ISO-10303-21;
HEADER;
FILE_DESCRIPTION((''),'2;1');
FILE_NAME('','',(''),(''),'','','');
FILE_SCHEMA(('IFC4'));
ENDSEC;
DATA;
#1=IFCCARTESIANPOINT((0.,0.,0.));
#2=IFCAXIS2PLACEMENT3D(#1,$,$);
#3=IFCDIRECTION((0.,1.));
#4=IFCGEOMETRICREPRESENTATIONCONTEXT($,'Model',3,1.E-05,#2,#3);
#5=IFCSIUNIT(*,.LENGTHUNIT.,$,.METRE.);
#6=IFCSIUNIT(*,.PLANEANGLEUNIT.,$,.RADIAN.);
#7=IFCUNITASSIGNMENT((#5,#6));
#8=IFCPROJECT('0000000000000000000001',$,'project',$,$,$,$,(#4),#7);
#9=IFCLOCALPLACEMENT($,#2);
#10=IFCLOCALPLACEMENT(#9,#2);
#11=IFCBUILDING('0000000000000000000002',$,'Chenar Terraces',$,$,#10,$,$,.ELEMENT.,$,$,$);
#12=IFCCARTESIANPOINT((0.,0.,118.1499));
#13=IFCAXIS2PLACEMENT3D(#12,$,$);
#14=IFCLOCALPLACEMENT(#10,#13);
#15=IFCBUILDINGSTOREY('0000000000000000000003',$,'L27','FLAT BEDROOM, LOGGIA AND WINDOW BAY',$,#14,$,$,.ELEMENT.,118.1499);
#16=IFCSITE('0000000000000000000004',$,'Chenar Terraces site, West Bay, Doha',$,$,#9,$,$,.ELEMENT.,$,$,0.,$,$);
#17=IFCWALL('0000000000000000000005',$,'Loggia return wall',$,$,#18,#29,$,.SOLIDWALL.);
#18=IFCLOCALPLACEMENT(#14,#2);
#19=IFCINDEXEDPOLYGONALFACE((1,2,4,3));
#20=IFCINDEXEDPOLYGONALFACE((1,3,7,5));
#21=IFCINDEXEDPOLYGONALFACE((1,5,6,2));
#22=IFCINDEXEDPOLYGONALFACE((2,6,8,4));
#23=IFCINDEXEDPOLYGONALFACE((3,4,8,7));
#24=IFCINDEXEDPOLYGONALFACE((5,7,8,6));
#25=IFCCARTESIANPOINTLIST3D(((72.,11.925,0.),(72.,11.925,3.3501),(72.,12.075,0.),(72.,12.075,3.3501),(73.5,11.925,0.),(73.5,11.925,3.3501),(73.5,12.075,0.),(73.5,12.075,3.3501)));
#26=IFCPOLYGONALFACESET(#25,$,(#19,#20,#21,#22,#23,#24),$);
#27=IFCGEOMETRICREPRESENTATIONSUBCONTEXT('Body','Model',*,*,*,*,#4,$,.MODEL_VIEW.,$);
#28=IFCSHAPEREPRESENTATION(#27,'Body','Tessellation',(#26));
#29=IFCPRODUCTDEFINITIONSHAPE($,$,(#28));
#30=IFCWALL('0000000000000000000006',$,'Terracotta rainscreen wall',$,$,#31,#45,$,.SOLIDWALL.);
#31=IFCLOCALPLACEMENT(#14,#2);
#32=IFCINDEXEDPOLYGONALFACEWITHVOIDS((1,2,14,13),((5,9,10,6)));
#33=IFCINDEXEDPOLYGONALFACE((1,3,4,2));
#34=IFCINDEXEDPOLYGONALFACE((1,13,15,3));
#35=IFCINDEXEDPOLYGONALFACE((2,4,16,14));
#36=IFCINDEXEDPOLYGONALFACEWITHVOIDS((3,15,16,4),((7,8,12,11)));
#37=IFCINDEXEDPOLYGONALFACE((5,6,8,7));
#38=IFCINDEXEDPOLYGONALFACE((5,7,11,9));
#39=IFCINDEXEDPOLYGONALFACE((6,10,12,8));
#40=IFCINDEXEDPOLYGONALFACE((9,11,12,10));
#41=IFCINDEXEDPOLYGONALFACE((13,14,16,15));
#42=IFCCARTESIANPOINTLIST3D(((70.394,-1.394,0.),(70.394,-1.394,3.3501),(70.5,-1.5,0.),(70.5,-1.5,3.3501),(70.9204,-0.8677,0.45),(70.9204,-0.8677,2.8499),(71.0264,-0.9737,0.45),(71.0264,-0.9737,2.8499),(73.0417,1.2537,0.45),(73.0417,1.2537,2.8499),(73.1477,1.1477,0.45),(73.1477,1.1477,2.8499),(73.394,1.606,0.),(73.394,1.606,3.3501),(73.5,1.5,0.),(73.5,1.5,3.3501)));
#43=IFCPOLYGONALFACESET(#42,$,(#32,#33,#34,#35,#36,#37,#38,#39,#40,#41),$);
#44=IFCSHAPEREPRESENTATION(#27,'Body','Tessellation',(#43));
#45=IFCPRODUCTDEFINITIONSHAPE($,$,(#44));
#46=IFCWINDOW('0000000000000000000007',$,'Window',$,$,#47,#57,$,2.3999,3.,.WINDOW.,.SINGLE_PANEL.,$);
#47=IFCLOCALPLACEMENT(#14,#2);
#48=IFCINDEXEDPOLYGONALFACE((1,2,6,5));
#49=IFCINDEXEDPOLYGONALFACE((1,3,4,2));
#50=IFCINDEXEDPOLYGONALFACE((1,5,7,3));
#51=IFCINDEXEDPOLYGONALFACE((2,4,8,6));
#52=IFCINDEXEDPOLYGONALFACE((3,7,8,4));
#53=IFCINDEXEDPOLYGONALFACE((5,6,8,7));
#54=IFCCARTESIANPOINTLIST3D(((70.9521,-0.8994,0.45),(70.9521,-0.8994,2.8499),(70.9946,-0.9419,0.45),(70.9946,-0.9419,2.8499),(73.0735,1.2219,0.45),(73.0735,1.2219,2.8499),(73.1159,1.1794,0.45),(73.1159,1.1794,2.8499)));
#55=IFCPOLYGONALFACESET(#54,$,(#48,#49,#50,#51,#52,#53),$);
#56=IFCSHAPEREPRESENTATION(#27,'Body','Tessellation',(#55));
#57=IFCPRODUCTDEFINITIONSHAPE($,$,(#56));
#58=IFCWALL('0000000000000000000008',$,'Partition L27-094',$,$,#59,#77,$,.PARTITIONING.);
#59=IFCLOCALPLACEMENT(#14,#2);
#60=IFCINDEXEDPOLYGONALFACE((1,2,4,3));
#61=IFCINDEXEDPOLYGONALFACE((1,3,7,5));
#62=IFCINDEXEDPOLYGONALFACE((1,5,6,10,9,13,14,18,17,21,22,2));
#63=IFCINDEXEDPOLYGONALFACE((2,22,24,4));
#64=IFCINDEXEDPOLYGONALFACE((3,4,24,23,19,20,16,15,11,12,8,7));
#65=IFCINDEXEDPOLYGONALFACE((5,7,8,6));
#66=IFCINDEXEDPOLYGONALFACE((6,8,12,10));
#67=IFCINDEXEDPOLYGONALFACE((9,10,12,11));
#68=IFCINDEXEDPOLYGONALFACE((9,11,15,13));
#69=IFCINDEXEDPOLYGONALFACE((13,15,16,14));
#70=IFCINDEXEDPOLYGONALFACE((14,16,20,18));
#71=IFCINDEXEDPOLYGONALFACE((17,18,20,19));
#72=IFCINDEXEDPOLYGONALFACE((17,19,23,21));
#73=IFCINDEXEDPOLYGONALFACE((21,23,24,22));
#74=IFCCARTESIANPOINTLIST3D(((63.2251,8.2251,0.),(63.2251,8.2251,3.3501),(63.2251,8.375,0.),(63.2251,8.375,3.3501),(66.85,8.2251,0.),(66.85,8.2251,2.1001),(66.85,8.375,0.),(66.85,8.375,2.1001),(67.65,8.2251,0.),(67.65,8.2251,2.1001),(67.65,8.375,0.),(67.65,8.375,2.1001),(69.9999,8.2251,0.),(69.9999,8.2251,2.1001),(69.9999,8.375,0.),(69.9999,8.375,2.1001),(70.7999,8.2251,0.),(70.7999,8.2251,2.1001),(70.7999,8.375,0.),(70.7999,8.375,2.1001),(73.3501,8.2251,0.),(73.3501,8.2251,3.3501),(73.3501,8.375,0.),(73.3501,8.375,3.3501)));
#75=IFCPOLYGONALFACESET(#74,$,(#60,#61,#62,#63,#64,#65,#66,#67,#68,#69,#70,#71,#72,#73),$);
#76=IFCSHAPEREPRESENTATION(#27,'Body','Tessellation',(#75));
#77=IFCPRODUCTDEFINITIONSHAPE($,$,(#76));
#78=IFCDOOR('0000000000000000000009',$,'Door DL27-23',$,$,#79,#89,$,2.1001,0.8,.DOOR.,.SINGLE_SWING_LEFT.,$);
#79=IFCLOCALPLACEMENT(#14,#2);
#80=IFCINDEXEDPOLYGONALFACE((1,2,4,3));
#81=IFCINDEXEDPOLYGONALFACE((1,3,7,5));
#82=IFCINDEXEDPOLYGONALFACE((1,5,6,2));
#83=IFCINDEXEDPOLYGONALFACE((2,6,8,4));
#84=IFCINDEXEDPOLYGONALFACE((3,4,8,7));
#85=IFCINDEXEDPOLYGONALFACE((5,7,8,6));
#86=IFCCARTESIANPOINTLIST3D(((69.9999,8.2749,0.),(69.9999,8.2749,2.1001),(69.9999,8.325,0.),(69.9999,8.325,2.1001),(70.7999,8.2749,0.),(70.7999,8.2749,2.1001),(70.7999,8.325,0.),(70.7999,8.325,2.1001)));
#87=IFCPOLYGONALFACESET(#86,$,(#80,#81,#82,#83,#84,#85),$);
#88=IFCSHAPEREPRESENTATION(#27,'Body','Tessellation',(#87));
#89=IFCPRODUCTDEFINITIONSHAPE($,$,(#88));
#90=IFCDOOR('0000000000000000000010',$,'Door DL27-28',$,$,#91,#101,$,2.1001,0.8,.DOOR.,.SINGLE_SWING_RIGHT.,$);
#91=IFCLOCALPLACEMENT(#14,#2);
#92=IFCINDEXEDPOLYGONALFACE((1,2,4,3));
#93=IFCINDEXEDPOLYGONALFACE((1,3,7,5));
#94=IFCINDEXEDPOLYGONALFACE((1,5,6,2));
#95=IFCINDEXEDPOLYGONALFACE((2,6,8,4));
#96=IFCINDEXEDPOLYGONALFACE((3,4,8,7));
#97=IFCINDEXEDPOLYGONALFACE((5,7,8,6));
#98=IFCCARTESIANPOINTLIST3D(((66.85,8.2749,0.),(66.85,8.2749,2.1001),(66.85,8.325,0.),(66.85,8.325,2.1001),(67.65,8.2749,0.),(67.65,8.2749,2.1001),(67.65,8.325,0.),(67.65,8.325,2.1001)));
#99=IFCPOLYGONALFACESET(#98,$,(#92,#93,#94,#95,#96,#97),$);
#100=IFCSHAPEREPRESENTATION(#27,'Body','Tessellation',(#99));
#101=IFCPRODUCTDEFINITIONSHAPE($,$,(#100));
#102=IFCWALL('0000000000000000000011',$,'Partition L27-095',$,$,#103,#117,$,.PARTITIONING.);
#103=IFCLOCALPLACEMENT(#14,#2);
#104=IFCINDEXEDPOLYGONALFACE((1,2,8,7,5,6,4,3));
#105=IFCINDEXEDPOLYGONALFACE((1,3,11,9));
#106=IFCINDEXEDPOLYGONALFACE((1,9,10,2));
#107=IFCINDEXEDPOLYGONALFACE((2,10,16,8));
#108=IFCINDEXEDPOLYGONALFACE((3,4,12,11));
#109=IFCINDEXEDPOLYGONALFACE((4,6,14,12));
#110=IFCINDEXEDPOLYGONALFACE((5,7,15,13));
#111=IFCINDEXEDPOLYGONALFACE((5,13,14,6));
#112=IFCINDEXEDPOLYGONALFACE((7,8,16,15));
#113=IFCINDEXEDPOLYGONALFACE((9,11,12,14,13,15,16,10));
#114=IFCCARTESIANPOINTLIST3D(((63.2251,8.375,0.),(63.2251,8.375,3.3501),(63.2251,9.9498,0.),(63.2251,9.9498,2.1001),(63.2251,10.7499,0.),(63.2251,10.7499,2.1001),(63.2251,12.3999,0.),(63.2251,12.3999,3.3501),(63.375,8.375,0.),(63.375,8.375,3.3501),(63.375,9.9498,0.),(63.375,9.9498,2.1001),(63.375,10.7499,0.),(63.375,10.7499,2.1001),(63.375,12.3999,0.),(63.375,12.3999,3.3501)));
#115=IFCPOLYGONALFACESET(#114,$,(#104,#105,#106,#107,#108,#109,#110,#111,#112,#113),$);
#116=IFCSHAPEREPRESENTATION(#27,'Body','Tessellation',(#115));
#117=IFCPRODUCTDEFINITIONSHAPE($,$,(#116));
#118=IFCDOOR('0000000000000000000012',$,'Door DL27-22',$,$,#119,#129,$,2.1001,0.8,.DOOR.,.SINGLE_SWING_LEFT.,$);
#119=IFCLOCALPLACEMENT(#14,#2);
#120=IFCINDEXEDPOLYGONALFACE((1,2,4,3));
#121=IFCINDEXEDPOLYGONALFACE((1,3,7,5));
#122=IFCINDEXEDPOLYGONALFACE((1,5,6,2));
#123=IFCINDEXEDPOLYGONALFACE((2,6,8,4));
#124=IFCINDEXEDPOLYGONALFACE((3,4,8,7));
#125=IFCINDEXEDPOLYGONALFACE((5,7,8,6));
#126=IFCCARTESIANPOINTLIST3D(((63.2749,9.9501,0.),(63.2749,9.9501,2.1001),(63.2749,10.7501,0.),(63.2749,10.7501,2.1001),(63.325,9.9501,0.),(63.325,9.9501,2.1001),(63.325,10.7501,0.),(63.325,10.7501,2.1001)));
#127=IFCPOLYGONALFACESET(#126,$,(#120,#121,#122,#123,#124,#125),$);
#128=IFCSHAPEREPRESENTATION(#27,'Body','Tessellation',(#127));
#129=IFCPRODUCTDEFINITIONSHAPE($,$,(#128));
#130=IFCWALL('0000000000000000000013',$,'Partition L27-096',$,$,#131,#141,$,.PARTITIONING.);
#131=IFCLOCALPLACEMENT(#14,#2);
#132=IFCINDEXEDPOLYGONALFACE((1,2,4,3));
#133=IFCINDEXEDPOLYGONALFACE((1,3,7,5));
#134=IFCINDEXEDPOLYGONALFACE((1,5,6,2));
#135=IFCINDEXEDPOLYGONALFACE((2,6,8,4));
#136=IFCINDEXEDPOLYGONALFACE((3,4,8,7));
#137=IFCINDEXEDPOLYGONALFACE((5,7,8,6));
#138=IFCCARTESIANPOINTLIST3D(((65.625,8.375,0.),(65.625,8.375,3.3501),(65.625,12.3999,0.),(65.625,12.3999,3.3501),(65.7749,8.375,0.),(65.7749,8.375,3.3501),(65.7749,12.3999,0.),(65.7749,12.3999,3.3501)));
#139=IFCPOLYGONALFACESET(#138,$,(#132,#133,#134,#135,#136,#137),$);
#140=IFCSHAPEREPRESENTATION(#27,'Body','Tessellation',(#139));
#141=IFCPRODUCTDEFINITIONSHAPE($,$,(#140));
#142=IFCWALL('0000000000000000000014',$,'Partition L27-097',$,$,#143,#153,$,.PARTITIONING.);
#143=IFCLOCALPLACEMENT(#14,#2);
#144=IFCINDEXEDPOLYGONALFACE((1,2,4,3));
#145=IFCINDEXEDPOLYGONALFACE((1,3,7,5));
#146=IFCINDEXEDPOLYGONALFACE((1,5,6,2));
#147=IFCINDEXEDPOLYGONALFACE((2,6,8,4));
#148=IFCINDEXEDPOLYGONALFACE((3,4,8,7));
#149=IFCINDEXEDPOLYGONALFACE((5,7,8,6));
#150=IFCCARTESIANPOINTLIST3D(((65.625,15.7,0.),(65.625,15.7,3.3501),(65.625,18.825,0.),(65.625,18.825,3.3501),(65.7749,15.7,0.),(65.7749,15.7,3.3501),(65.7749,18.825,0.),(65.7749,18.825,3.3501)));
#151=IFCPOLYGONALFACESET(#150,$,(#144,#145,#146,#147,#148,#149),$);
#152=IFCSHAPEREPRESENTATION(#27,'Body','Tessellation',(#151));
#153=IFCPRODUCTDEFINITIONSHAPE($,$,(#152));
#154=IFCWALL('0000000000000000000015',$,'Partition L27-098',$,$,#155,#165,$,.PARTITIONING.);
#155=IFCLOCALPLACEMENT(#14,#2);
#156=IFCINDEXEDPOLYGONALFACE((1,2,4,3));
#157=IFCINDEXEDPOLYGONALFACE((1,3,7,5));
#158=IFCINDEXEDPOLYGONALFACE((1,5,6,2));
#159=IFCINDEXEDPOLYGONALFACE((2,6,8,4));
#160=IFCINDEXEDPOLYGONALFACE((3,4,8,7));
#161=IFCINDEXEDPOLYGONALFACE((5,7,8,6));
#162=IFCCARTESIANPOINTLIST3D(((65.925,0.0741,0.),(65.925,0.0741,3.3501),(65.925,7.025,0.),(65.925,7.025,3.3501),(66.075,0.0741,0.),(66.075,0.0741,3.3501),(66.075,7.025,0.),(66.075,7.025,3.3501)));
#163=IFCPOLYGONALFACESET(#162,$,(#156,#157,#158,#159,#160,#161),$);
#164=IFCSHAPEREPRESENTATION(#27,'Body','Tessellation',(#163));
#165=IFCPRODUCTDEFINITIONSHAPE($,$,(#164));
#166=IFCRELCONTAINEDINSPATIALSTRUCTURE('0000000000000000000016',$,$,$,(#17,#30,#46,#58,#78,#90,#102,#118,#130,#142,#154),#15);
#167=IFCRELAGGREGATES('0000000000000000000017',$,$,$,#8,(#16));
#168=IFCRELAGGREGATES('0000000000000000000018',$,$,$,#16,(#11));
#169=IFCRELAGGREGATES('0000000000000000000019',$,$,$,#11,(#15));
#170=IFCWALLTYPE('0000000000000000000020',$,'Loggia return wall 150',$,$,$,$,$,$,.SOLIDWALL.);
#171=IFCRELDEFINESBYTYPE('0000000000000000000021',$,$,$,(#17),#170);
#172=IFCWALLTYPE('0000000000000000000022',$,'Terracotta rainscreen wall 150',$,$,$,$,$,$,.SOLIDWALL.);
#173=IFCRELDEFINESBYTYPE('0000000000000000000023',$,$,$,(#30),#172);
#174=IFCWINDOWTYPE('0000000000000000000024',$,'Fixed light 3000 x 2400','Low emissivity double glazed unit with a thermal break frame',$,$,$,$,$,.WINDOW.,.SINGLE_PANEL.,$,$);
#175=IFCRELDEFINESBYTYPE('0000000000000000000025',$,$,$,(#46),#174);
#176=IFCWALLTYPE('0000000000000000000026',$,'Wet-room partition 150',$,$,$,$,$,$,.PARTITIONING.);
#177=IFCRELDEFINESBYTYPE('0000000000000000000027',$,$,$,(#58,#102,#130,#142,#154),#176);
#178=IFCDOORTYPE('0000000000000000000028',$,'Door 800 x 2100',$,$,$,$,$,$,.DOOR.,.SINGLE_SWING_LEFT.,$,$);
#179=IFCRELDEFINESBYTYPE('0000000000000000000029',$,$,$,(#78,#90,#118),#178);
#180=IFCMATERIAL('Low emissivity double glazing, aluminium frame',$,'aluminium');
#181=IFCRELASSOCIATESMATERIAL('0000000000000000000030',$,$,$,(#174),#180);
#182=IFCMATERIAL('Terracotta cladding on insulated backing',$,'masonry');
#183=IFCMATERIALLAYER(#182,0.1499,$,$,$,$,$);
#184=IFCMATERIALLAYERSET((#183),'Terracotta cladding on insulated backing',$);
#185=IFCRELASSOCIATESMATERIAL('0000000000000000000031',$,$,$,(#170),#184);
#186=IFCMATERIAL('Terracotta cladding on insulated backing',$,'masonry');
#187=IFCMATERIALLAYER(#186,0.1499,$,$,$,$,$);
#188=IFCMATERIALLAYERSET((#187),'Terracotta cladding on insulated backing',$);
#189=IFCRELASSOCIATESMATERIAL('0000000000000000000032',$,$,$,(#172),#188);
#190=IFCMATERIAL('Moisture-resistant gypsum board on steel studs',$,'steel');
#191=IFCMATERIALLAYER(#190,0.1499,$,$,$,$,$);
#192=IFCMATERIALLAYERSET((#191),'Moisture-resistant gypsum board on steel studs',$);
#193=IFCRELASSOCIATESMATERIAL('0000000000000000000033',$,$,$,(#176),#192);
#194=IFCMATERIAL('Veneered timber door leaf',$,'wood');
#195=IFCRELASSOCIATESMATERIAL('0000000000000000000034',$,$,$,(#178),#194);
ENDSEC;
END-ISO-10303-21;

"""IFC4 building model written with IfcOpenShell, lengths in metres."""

from ifc_helpers import new_model, si_unit, direction, frame, frame_2d, origin, place, context, subcontext, project, spatial, rectangle, extrude, material, layer, layer_set, type_object, element, fill, save


model = new_model("IFC4")

# Units and contexts
model_context = context("Model", 3, precision=1e-05, world=origin(), true_north=direction((0.0, 1.0)))
body_context = subcontext(model_context, "Body", "Model", "MODEL_VIEW")
ifc_project = project(units=[si_unit("LENGTHUNIT", "METRE"), si_unit("PLANEANGLEUNIT", "RADIAN")], contexts=[model_context])

# Site, building, storey
site_placement = place(None, origin())
site = spatial("IfcSite", under=ifc_project, at=site_placement, Name="Chenar Terraces site, West Bay, Doha", CompositionType="ELEMENT", RefElevation=0.0)
building_placement = place(site_placement, origin())
building = spatial("IfcBuilding", under=site, at=building_placement, Name="Chenar Terraces", CompositionType="ELEMENT")
storey_placement = place(building_placement, frame((0.0, 0.0, 118.1499)))
storey = spatial("IfcBuildingStorey", under=building, at=storey_placement, Name="L27", Description="FLAT BEDROOM, LOGGIA AND WINDOW BAY", CompositionType="ELEMENT", Elevation=118.1499)

# Shared definitions
ifc_material_1 = material(Name="Low emissivity double glazing, aluminium frame", Category="aluminium")
window_type_1 = type_object("IfcWindowType", Name="Fixed light 3000 x 2400", Description="Low emissivity double glazed unit with a thermal break frame", PartitioningType="SINGLE_PANEL", PredefinedType="WINDOW", material=ifc_material_1)

# Wall
ifc_material_2 = material(Name="Terracotta cladding on insulated backing", Category="masonry")
ifc_layer_1 = layer(ifc_material_2, 0.1499)
ifc_layer_set_1 = layer_set([ifc_layer_1], Name="Terracotta cladding on insulated backing")
wall_type_1 = type_object("IfcWallType", Name="Loggia return wall 150", PredefinedType="SOLIDWALL", material=ifc_layer_set_1)
for number, where, z_axis, x_axis, name in (
    (1, (73.5, 12.0, 0.0), (0.0, 0.0, 1.0), (-1.0, 0.0, 0.0), "Loggia return wall"),
):
    element("IfcWall", number, at=place(storey_placement, frame(where, z_axis=z_axis, x_axis=x_axis)), inside=storey, type_object=wall_type_1, Name=name, PredefinedType="SOLIDWALL", context=body_context, shape_type="SweptSolid", body=[
        extrude(rectangle(XDim=1.5, YDim=0.1499, at=frame_2d((0.75, 0.0))), origin(), (0.0, 0.0, 1.0), 3.3501),
    ])

# Wall, opening, window
ifc_material_3 = material(Name="Terracotta cladding on insulated backing", Category="masonry")
ifc_layer_2 = layer(ifc_material_3, 0.1499)
ifc_layer_set_2 = layer_set([ifc_layer_2], Name="Terracotta cladding on insulated backing")
wall_type_2 = type_object("IfcWallType", Name="Terracotta rainscreen wall 150", PredefinedType="SOLIDWALL", material=ifc_layer_set_2)
wall_1_placement = place(storey_placement, frame((70.447, -1.447, 0.0), z_axis=(0.0, 0.0, 1.0), x_axis=(0.707107, 0.707107, 0.0)))
wall_1 = element("IfcWall", 2, at=wall_1_placement, inside=storey, type_object=wall_type_2, Name="Terracotta rainscreen wall", PredefinedType="SOLIDWALL", context=body_context, shape_type="SweptSolid", body=[
    extrude(rectangle(XDim=4.2427, YDim=0.1499, at=frame_2d((2.1213, 0.0))), origin(), (0.0, 0.0, 1.0), 3.3501),
])
opening_1_placement = place(wall_1_placement, frame((0.7444, 0.0, 0.45)))
opening_1 = element("IfcOpeningElement", 3, at=opening_1_placement, cuts=wall_1, PredefinedType="OPENING", context=body_context, shape_type="SweptSolid", body=[
    extrude(rectangle(XDim=3.0, YDim=2.3999, at=frame_2d((1.5, 1.2))), frame((0.0, 0.085, 0.0), z_axis=(0.0, -1.0, 0.0), x_axis=(1.0, 0.0, 0.0)), (0.0, 0.0, 1.0), 0.1699),
])
window_1_placement = place(opening_1_placement, origin())
window_1 = element("IfcWindow", 4, at=window_1_placement, inside=storey, type_object=window_type_1, Name="Window", OverallHeight=2.3999, OverallWidth=3.0, PartitioningType="SINGLE_PANEL", PredefinedType="WINDOW", context=body_context, shape_type="SweptSolid", body=[
    extrude(rectangle(XDim=3.0, YDim=2.3999, at=frame_2d((1.5, 1.2))), frame((0.0, 0.03, 0.0), z_axis=(0.0, -1.0, 0.0), x_axis=(1.0, 0.0, 0.0)), (0.0, 0.0, 1.0), 0.0601),
])
fill(opening_1, window_1)

# Wall, openings, doors
ifc_material_4 = material(Name="Moisture-resistant gypsum board on steel studs", Category="steel")
ifc_layer_3 = layer(ifc_material_4, 0.1499)
ifc_layer_set_3 = layer_set([ifc_layer_3], Name="Moisture-resistant gypsum board on steel studs")
wall_type_3 = type_object("IfcWallType", Name="Wet-room partition 150", PredefinedType="PARTITIONING", material=ifc_layer_set_3)
wall_2_placement = place(storey_placement, frame((63.2251, 8.3, 0.0), z_axis=(0.0, 0.0, 1.0), x_axis=(1.0, 0.0, 0.0)))
wall_2 = element("IfcWall", 5, at=wall_2_placement, inside=storey, type_object=wall_type_3, Name="Partition L27-094", PredefinedType="PARTITIONING", context=body_context, shape_type="SweptSolid", body=[
    extrude(rectangle(XDim=10.125, YDim=0.1499, at=frame_2d((5.0625, 0.0))), origin(), (0.0, 0.0, 1.0), 3.3501),
])
opening_2_placement = place(wall_2_placement, frame((6.7749, 0.0, 0.0)))
opening_2 = element("IfcOpeningElement", 6, at=opening_2_placement, cuts=wall_2, PredefinedType="OPENING", context=body_context, shape_type="SweptSolid", body=[
    extrude(rectangle(XDim=0.8, YDim=2.1001, at=frame_2d((0.3999, 1.05))), frame((0.0, 0.085, 0.0), z_axis=(0.0, -1.0, 0.0), x_axis=(1.0, 0.0, 0.0)), (0.0, 0.0, 1.0), 0.1699),
])
opening_3_placement = place(wall_2_placement, frame((3.625, 0.0, 0.0)))
opening_3 = element("IfcOpeningElement", 7, at=opening_3_placement, cuts=wall_2, PredefinedType="OPENING", context=body_context, shape_type="SweptSolid", body=[
    extrude(rectangle(XDim=0.8, YDim=2.1001, at=frame_2d((0.3999, 1.05))), frame((0.0, 0.085, 0.0), z_axis=(0.0, -1.0, 0.0), x_axis=(1.0, 0.0, 0.0)), (0.0, 0.0, 1.0), 0.1699),
])
ifc_material_5 = material(Name="Veneered timber door leaf", Category="wood")
door_type_1 = type_object("IfcDoorType", Name="Door 800 x 2100", OperationType="SINGLE_SWING_LEFT", PredefinedType="DOOR", material=ifc_material_5)
door_1_placement = place(opening_2_placement, origin())
door_1 = element("IfcDoor", 8, at=door_1_placement, inside=storey, type_object=door_type_1, Name="Door DL27-23", OperationType="SINGLE_SWING_LEFT", OverallHeight=2.1001, OverallWidth=0.8, PredefinedType="DOOR", context=body_context, shape_type="SweptSolid", body=[
    extrude(rectangle(XDim=0.8, YDim=2.1001, at=frame_2d((0.3999, 1.05))), frame((0.0, 0.0249, 0.0), z_axis=(0.0, -1.0, 0.0), x_axis=(1.0, 0.0, 0.0)), (0.0, 0.0, 1.0), 0.05),
])
fill(opening_2, door_1)
door_2_placement = place(opening_3_placement, origin())
door_2 = element("IfcDoor", 9, at=door_2_placement, inside=storey, type_object=door_type_1, Name="Door DL27-28", OperationType="SINGLE_SWING_RIGHT", OverallHeight=2.1001, OverallWidth=0.8, PredefinedType="DOOR", context=body_context, shape_type="SweptSolid", body=[
    extrude(rectangle(XDim=0.8, YDim=2.1001, at=frame_2d((0.3999, 1.05))), frame((0.0, 0.0249, 0.0), z_axis=(0.0, -1.0, 0.0), x_axis=(1.0, 0.0, 0.0)), (0.0, 0.0, 1.0), 0.05),
])
fill(opening_3, door_2)

# Wall, opening, door
wall_3_placement = place(storey_placement, frame((63.3, 8.375, 0.0), z_axis=(0.0, 0.0, 1.0), x_axis=(0.0, 1.0, 0.0)))
wall_3 = element("IfcWall", 10, at=wall_3_placement, inside=storey, type_object=wall_type_3, Name="Partition L27-095", PredefinedType="PARTITIONING", context=body_context, shape_type="SweptSolid", body=[
    extrude(rectangle(XDim=4.0249, YDim=0.1499, at=frame_2d((2.0125, 0.0))), origin(), (0.0, 0.0, 1.0), 3.3501),
])
opening_4_placement = place(wall_3_placement, frame((1.575, 0.0, 0.0)))
opening_4 = element("IfcOpeningElement", 11, at=opening_4_placement, cuts=wall_3, PredefinedType="OPENING", context=body_context, shape_type="SweptSolid", body=[
    extrude(rectangle(XDim=0.8, YDim=2.1001, at=frame_2d((0.3999, 1.05))), frame((0.0, 0.085, 0.0), z_axis=(0.0, -1.0, 0.0), x_axis=(1.0, 0.0, 0.0)), (0.0, 0.0, 1.0), 0.1699),
])
door_3_placement = place(opening_4_placement, frame((0.8, 0.0, 0.0), z_axis=(0.0, 0.0, 1.0), x_axis=(-1.0, 0.0, 0.0)))
door_3 = element("IfcDoor", 12, at=door_3_placement, inside=storey, type_object=door_type_1, Name="Door DL27-22", OperationType="SINGLE_SWING_LEFT", OverallHeight=2.1001, OverallWidth=0.8, PredefinedType="DOOR", context=body_context, shape_type="SweptSolid", body=[
    extrude(rectangle(XDim=0.8, YDim=2.1001, at=frame_2d((0.3999, 1.05))), frame((0.0, 0.0249, 0.0), z_axis=(0.0, -1.0, 0.0), x_axis=(1.0, 0.0, 0.0)), (0.0, 0.0, 1.0), 0.05),
])
fill(opening_4, door_3)

# Walls
wall_4_placement = place(storey_placement, frame((65.7, 8.375, 0.0), z_axis=(0.0, 0.0, 1.0), x_axis=(0.0, 1.0, 0.0)))
element("IfcWall", 13, at=wall_4_placement, inside=storey, type_object=wall_type_3, Name="Partition L27-096", PredefinedType="PARTITIONING", context=body_context, shape_type="SweptSolid", body=[
    extrude(rectangle(XDim=4.0249, YDim=0.1499, at=frame_2d((2.0125, 0.0))), origin(), (0.0, 0.0, 1.0), 3.3501),
])
wall_5_placement = place(storey_placement, frame((65.7, 15.7, 0.0), z_axis=(0.0, 0.0, 1.0), x_axis=(0.0, 1.0, 0.0)))
element("IfcWall", 14, at=wall_5_placement, inside=storey, type_object=wall_type_3, Name="Partition L27-097", PredefinedType="PARTITIONING", context=body_context, shape_type="SweptSolid", body=[
    extrude(rectangle(XDim=3.125, YDim=0.1499, at=frame_2d((1.5625, 0.0))), origin(), (0.0, 0.0, 1.0), 3.3501),
])
wall_6_placement = place(storey_placement, frame((66.0, 0.074, 0.0), z_axis=(0.0, 0.0, 1.0), x_axis=(0.0, 1.0, 0.0)))
element("IfcWall", 15, at=wall_6_placement, inside=storey, type_object=wall_type_3, Name="Partition L27-098", PredefinedType="PARTITIONING", context=body_context, shape_type="SweptSolid", body=[
    extrude(rectangle(XDim=6.9509, YDim=0.1499, at=frame_2d((3.4756, 0.0))), origin(), (0.0, 0.0, 1.0), 3.3501),
])

save(model, "model.ifc")
